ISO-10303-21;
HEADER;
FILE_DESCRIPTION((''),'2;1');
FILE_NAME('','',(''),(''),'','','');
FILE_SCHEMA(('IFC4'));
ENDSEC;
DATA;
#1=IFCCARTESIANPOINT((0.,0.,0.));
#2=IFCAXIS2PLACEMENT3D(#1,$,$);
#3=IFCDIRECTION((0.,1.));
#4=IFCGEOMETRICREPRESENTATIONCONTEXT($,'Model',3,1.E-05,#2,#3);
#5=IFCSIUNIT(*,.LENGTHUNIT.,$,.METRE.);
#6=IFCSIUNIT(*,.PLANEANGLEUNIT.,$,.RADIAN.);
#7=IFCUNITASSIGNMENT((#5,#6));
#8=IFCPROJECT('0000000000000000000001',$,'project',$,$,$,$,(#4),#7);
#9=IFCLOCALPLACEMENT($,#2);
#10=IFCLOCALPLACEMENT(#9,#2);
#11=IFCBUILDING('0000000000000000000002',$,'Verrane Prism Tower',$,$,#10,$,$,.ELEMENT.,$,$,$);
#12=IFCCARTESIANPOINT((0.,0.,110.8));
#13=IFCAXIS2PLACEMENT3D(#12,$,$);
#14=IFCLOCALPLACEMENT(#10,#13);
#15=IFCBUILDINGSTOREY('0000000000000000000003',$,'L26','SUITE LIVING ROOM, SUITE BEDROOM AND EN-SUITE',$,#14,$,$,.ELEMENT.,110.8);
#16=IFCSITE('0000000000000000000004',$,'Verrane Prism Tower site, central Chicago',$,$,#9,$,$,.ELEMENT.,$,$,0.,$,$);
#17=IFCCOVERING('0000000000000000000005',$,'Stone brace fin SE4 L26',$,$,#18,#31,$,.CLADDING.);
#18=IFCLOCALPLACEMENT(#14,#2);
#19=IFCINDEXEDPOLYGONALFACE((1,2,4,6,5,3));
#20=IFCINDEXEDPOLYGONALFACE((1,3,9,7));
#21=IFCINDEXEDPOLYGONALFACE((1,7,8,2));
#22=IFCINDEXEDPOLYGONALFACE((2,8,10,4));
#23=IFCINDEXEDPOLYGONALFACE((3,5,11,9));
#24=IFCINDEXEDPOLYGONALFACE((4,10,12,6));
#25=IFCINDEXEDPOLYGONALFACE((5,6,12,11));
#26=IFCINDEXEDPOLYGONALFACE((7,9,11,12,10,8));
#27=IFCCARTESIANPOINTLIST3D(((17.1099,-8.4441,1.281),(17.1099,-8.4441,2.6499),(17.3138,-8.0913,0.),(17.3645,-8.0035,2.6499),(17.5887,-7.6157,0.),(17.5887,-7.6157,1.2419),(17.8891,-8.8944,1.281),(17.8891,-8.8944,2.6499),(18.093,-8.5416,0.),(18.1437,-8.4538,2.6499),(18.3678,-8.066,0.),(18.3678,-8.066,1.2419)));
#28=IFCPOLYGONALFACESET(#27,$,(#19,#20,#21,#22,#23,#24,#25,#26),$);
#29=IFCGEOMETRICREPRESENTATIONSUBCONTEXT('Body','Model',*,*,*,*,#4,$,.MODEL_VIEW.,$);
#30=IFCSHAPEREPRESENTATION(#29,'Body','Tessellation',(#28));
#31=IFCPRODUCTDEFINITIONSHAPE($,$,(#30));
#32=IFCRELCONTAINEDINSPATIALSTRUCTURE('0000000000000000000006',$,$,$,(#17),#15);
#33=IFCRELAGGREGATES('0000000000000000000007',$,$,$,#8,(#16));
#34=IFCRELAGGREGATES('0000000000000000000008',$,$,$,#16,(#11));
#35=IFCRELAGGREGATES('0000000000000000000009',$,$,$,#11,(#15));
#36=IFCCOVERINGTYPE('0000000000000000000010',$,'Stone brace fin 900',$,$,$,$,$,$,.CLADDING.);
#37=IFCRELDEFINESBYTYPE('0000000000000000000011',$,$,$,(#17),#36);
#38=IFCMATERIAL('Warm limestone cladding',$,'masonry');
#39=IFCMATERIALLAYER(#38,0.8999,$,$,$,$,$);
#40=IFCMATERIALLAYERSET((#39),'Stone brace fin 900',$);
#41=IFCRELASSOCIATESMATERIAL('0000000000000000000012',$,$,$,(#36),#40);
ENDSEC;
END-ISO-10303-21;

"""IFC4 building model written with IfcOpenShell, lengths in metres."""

from ifc_helpers import new_model, si_unit, direction, frame, origin, place, context, subcontext, project, spatial, polyline, outline, extrude, material, layer, layer_set, type_object, element, save


model = new_model("IFC4")

# Units and contexts
model_context = context("Model", 3, precision=1e-05, world=origin(), true_north=direction((0.0, 1.0)))
body_context = subcontext(model_context, "Body", "Model", "MODEL_VIEW")
ifc_project = project(units=[si_unit("LENGTHUNIT", "METRE"), si_unit("PLANEANGLEUNIT", "RADIAN")], contexts=[model_context])

# Site, building, storey
site_placement = place(None, origin())
site = spatial("IfcSite", under=ifc_project, at=site_placement, Name="Verrane Prism Tower site, central Chicago", CompositionType="ELEMENT", RefElevation=0.0)
building_placement = place(site_placement, origin())
building = spatial("IfcBuilding", under=site, at=building_placement, Name="Verrane Prism Tower", CompositionType="ELEMENT")
storey_placement = place(building_placement, frame((0.0, 0.0, 110.8)))
storey = spatial("IfcBuildingStorey", under=building, at=storey_placement, Name="L26", Description="SUITE LIVING ROOM, SUITE BEDROOM AND EN-SUITE", CompositionType="ELEMENT", Elevation=110.8)

# Covering
ifc_material_1 = material(Name="Warm limestone cladding", Category="masonry")
ifc_layer_1 = layer(ifc_material_1, 0.8999)
ifc_layer_set_1 = layer_set([ifc_layer_1], Name="Stone brace fin 900")
covering_type = type_object("IfcCoveringType", Name="Stone brace fin 900", PredefinedType="CLADDING", material=ifc_layer_set_1)
covering_placement = place(storey_placement, frame((17.9783, -7.8408, 0.0), z_axis=(0.0, 0.0, 1.0), x_axis=(-0.500392, -0.865799, 0.0)))
element("IfcCovering", 1, at=covering_placement, inside=storey, type_object=covering_type, Name="Stone brace fin SE4 L26", PredefinedType="CLADDING", context=body_context, shape_type="SweptSolid", body=[
    extrude(outline(polyline([(0.9568, 2.6499), (0.448, 2.6499), (0.0, 1.2419), (0.0, 0.0), (0.5493, 0.0), (0.9568, 1.281), (0.9568, 2.6499)])), frame((0.0, 0.45, 0.0), z_axis=(0.0, -1.0, 0.0), x_axis=(1.0, 0.0, 0.0)), (0.0, 0.0, 1.0), 0.8999),
])

save(model, "model.ifc")
